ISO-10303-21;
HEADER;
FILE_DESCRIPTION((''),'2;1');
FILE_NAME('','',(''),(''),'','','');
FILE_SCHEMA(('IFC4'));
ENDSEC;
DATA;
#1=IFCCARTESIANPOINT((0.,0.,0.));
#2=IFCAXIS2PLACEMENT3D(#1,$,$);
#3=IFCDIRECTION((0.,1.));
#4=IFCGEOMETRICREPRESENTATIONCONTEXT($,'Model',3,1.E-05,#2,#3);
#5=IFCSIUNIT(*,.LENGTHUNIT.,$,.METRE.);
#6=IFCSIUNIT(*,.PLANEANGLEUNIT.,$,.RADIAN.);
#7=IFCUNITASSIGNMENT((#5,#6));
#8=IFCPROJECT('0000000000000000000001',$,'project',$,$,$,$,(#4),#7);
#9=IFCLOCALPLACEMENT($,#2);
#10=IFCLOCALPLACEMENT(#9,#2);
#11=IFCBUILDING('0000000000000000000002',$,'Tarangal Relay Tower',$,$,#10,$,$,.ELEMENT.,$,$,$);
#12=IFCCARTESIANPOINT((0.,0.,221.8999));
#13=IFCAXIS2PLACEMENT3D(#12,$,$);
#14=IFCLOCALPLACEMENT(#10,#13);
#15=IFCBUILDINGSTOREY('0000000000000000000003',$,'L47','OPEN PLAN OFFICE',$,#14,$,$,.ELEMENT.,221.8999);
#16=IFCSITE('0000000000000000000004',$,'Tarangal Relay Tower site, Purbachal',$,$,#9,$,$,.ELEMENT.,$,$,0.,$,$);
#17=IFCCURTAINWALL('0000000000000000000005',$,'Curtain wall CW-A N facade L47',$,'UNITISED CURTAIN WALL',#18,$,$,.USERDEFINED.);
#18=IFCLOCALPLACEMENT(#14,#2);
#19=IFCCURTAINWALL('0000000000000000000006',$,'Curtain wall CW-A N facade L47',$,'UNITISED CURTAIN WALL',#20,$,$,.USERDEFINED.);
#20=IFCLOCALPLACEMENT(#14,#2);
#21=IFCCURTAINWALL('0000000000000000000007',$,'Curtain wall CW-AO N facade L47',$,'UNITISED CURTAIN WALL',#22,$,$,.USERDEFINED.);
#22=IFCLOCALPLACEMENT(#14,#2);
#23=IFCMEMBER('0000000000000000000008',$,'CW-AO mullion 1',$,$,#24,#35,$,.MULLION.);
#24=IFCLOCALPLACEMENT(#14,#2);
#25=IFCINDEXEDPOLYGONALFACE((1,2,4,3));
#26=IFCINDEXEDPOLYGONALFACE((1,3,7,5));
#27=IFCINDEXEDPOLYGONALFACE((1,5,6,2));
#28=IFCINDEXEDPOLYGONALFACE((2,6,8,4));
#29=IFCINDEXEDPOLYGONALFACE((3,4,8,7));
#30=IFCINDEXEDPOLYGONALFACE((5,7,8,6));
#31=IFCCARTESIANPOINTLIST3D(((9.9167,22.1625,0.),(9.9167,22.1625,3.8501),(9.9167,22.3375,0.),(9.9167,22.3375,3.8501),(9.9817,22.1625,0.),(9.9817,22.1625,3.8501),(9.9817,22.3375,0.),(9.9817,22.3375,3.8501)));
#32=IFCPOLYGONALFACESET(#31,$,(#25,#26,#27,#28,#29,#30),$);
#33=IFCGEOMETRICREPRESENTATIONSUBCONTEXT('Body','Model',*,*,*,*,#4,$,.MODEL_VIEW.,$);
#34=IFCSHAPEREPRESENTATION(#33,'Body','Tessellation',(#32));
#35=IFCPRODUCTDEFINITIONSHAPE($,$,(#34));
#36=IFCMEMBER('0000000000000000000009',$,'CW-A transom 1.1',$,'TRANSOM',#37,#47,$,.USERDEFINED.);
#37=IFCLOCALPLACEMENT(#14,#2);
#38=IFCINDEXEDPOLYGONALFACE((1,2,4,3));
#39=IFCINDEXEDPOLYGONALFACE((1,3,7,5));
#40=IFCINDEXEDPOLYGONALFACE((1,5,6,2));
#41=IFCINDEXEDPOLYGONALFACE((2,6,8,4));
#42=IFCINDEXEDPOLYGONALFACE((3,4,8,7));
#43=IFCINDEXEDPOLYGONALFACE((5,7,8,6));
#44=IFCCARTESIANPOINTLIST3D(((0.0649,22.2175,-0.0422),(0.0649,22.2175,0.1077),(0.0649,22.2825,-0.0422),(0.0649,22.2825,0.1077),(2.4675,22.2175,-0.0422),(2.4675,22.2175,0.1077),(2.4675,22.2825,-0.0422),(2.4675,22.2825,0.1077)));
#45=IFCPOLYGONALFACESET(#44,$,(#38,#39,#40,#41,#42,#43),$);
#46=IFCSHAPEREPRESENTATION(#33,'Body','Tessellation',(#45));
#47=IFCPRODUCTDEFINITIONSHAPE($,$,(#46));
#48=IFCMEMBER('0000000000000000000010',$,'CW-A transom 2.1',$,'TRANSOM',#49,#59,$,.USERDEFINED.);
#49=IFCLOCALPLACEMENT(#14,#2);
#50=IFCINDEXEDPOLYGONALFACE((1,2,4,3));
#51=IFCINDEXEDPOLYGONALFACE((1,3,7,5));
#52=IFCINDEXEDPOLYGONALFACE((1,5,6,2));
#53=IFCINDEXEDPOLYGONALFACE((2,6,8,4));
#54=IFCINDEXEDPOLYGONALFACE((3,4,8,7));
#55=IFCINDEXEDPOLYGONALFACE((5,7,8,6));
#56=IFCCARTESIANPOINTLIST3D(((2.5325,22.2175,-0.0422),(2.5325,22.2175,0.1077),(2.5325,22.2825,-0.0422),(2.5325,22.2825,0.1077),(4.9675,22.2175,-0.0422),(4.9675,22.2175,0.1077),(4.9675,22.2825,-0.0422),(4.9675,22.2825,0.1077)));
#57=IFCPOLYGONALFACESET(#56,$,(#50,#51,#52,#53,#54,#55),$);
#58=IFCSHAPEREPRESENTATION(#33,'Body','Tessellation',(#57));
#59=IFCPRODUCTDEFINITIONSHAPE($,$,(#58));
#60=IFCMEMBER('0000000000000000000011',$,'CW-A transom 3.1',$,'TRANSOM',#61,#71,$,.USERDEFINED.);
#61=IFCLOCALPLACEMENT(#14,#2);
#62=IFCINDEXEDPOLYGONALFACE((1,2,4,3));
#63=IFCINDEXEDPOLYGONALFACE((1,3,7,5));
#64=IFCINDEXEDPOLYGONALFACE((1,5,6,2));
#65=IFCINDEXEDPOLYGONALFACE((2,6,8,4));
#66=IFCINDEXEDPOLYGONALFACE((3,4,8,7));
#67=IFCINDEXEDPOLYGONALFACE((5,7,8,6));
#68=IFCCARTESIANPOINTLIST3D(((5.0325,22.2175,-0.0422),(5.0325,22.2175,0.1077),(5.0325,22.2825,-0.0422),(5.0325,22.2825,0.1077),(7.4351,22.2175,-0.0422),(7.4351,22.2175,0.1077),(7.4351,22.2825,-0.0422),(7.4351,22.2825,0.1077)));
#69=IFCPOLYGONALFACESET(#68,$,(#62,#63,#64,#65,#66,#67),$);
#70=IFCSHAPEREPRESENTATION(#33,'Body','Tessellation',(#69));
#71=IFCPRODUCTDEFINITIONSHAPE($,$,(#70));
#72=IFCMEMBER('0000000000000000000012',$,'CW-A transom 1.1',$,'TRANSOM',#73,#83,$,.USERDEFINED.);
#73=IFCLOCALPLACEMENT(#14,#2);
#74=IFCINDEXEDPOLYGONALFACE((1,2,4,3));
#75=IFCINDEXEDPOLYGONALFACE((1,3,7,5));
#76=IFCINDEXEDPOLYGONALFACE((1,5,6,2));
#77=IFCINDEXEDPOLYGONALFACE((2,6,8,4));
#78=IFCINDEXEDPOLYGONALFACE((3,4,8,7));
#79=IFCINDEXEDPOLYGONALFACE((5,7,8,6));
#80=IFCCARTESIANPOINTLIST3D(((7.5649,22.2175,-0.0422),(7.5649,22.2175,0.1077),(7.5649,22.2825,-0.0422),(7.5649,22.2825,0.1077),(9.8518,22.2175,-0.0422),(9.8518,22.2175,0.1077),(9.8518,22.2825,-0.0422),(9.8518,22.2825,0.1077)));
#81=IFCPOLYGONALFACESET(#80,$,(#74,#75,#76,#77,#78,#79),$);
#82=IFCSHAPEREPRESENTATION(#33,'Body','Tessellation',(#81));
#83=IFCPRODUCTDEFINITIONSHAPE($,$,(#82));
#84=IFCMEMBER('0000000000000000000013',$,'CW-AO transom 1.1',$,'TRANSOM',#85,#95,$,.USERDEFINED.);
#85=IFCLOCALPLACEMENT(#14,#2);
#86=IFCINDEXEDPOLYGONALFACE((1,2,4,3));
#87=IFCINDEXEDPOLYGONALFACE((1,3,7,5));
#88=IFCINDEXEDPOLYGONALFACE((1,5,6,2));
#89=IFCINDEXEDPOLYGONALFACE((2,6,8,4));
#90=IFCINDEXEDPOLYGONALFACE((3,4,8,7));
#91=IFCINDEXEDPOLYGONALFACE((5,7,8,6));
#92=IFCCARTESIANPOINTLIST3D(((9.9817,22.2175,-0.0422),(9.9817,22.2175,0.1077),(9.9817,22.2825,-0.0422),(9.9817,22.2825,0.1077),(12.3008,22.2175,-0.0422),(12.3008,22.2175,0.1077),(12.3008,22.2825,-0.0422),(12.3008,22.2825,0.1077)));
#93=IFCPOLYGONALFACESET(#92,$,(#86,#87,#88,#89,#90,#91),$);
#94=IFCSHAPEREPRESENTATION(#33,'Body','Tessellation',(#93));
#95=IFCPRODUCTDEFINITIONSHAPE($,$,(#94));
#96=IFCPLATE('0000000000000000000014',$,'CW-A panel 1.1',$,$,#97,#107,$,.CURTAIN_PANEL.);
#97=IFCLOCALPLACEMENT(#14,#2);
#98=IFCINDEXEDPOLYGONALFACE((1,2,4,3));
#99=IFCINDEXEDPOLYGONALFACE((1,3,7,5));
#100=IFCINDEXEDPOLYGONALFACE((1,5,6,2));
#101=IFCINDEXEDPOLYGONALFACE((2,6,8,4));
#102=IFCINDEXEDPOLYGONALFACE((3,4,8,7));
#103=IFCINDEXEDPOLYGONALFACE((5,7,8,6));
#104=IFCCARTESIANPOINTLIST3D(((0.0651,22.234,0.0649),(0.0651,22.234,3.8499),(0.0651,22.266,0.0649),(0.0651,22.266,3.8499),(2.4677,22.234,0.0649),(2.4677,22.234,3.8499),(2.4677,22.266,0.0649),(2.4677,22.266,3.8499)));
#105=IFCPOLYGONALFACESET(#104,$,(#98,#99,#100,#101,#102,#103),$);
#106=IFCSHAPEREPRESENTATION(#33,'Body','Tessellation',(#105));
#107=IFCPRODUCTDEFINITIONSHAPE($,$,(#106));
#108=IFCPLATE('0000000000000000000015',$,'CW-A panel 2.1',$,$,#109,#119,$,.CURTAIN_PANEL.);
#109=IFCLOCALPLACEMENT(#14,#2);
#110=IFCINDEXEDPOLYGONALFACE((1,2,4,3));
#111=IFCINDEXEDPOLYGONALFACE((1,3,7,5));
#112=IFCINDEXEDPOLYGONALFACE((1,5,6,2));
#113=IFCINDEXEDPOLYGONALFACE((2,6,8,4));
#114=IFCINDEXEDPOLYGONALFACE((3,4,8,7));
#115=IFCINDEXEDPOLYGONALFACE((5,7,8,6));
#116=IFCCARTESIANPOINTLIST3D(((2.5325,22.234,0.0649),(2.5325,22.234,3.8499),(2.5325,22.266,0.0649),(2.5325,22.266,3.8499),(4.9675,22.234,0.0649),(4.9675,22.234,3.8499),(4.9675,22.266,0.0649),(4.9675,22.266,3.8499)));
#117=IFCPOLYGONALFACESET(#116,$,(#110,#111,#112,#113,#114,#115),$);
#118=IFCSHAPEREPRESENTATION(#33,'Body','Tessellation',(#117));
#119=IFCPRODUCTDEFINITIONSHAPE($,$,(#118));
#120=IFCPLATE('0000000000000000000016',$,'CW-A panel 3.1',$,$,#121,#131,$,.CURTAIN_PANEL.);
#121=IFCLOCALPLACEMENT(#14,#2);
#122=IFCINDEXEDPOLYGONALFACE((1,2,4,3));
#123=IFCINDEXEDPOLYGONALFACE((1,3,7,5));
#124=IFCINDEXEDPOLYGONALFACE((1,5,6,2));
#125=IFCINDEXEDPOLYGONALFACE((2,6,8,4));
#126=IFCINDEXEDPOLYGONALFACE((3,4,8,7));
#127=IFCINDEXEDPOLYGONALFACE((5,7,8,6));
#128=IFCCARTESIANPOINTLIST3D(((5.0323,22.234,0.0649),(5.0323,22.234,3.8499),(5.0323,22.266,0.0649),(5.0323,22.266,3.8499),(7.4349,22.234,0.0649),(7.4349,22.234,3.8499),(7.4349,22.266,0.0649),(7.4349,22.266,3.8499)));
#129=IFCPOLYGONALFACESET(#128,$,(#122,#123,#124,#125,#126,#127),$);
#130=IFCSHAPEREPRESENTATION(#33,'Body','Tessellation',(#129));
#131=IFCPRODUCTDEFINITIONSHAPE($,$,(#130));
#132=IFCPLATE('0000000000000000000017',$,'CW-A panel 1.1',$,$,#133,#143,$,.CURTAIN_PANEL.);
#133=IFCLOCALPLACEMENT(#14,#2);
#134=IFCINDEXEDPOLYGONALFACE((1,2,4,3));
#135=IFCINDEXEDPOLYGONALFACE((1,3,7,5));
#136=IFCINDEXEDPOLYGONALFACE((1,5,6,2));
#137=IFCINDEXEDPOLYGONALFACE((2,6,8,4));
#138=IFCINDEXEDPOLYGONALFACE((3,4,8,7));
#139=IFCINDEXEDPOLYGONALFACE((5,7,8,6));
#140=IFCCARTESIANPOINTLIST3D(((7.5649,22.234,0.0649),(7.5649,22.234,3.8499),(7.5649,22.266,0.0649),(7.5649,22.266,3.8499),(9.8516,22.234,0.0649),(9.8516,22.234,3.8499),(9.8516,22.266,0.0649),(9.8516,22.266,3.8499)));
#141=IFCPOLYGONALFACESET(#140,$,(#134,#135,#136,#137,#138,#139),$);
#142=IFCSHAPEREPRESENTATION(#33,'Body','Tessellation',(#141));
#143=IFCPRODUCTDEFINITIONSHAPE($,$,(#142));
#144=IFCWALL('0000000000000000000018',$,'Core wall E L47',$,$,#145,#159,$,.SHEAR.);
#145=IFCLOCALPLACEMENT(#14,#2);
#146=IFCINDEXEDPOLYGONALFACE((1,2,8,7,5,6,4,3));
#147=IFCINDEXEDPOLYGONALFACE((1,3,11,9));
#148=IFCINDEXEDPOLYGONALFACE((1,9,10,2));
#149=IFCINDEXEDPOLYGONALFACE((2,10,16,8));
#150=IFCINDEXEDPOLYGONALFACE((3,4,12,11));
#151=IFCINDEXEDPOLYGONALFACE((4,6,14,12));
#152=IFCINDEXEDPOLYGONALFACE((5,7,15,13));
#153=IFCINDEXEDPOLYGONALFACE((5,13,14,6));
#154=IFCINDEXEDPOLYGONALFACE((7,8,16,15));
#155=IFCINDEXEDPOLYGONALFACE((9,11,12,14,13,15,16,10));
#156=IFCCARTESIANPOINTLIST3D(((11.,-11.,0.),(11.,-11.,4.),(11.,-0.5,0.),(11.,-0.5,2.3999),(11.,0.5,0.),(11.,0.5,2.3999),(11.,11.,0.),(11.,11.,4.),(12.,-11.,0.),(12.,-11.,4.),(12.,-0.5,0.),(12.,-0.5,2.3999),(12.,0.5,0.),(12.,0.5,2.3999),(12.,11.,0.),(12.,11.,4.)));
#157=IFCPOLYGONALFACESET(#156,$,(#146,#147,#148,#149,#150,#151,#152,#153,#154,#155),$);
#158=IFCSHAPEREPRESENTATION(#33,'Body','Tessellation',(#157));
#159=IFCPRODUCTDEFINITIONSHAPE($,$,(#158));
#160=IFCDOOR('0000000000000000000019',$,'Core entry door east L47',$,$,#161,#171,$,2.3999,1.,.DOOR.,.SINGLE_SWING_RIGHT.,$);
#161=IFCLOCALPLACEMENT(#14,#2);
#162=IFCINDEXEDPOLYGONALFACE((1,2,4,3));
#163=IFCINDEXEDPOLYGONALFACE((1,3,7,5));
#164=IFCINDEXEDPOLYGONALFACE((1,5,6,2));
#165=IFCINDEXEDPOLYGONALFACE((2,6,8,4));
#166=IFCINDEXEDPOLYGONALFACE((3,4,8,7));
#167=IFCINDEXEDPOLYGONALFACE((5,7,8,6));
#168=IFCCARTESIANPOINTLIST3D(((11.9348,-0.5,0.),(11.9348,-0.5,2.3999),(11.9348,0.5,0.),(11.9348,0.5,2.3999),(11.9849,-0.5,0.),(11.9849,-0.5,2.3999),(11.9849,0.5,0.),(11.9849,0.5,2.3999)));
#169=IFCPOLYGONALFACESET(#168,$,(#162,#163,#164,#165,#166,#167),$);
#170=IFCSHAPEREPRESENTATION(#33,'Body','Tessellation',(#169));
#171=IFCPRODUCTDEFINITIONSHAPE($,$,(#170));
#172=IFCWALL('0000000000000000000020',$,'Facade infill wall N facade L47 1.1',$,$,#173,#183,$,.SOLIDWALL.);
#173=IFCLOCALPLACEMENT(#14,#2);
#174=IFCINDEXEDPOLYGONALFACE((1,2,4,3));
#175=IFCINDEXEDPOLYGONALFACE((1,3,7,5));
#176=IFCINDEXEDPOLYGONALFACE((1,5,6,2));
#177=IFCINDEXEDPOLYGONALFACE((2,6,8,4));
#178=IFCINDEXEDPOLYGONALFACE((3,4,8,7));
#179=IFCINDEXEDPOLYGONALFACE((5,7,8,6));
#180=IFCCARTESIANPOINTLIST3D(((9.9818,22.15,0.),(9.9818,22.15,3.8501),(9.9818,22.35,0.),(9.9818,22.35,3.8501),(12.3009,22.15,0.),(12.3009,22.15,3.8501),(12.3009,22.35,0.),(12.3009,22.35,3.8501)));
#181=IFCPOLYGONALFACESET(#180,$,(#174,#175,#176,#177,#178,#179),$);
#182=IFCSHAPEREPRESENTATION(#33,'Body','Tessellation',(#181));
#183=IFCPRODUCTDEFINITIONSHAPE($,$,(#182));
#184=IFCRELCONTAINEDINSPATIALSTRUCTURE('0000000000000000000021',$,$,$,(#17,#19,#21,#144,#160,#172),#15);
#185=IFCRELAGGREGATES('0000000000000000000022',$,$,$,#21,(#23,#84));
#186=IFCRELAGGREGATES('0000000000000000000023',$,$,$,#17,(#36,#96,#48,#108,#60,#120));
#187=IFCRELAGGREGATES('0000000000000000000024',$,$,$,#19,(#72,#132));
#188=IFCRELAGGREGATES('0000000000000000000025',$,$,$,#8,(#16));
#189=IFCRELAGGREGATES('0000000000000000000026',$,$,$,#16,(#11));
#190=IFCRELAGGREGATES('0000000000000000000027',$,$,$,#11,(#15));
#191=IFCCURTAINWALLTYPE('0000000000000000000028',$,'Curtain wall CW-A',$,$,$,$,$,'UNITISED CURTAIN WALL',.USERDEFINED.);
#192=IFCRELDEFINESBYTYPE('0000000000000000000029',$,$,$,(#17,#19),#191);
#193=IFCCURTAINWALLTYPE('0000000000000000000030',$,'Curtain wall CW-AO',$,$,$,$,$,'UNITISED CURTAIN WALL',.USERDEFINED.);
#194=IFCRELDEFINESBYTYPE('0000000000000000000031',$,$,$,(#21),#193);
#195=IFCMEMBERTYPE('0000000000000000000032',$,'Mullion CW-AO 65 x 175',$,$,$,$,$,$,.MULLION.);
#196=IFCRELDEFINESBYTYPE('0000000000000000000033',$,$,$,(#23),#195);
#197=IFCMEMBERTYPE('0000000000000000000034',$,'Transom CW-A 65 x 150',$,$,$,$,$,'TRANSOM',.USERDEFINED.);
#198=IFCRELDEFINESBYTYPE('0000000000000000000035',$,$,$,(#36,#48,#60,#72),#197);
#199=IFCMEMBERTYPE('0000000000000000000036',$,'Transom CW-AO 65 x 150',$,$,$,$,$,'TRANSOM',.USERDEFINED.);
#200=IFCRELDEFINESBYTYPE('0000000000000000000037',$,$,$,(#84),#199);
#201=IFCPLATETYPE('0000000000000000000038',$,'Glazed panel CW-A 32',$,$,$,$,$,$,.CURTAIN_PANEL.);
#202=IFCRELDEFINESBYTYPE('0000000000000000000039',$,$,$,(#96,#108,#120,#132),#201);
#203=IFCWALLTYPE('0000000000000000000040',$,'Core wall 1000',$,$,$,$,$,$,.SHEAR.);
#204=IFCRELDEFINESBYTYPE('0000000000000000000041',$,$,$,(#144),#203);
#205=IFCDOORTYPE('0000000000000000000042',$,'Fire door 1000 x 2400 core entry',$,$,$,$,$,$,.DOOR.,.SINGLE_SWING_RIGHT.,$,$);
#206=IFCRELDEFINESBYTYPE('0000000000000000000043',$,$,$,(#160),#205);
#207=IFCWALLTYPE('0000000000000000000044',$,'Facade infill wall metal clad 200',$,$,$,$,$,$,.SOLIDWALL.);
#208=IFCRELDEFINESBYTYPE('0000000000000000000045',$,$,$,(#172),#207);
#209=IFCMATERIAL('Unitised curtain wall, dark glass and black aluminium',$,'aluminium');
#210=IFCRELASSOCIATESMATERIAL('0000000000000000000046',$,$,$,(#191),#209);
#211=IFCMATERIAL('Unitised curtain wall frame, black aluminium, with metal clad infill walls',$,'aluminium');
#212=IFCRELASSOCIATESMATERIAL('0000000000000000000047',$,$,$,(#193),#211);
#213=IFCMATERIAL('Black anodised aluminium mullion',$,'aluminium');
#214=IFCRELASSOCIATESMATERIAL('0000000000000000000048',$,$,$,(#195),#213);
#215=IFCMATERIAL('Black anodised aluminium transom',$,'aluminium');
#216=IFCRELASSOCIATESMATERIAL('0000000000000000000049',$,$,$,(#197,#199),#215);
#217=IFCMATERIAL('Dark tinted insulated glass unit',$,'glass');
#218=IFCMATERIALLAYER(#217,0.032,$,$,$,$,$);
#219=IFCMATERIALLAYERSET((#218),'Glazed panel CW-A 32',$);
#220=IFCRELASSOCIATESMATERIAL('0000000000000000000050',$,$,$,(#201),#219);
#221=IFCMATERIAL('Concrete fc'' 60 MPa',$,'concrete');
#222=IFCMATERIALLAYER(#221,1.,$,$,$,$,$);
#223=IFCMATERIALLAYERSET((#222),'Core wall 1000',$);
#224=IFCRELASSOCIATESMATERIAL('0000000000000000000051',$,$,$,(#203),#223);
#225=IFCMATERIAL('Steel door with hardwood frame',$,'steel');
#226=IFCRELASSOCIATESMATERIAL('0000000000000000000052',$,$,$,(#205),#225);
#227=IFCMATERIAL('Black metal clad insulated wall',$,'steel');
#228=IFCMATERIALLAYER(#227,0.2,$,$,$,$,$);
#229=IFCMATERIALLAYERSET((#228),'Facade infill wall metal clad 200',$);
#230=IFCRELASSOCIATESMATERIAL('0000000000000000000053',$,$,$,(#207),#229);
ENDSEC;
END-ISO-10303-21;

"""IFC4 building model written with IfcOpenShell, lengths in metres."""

from ifc_helpers import new_model, si_unit, direction, frame, frame_2d, origin, origin_2d, place, context, subcontext, project, spatial, rectangle, extrude, material, layer, layer_set, material_profile, profile_set, type_object, element, fill, aggregate, save


model = new_model("IFC4")

# Units and contexts
model_context = context("Model", 3, precision=1e-05, world=origin(), true_north=direction((0.0, 1.0)))
body_context = subcontext(model_context, "Body", "Model", "MODEL_VIEW")
ifc_project = project(units=[si_unit("LENGTHUNIT", "METRE"), si_unit("PLANEANGLEUNIT", "RADIAN")], contexts=[model_context])

# Site, building, storey
site_placement = place(None, origin())
site = spatial("IfcSite", under=ifc_project, at=site_placement, Name="Tarangal Relay Tower site, Purbachal", CompositionType="ELEMENT", RefElevation=0.0)
building_placement = place(site_placement, origin())
building = spatial("IfcBuilding", under=site, at=building_placement, Name="Tarangal Relay Tower", CompositionType="ELEMENT")
storey_placement = place(building_placement, frame((0.0, 0.0, 221.8999)))
storey = spatial("IfcBuildingStorey", under=building, at=storey_placement, Name="L47", Description="OPEN PLAN OFFICE", CompositionType="ELEMENT", Elevation=221.8999)

# Curtain walls
ifc_material_1 = material(Name="Unitised curtain wall, dark glass and black aluminium", Category="aluminium")
curtain_wall_type_1 = type_object("IfcCurtainWallType", Name="Curtain wall CW-A", ElementType="UNITISED CURTAIN WALL", PredefinedType="USERDEFINED", material=ifc_material_1)
curtain_wall_1_placement = place(storey_placement, origin())
curtain_wall_1 = element("IfcCurtainWall", 1, at=curtain_wall_1_placement, inside=storey, type_object=curtain_wall_type_1, Name="Curtain wall CW-A N facade L47", ObjectType="UNITISED CURTAIN WALL", PredefinedType="USERDEFINED")
ifc_material_2 = material(Name="Black anodised aluminium mullion", Category="aluminium")
curtain_wall_2_placement = place(storey_placement, origin())
curtain_wall_2 = element("IfcCurtainWall", 2, at=curtain_wall_2_placement, inside=storey, type_object=curtain_wall_type_1, Name="Curtain wall CW-A N facade L47", ObjectType="UNITISED CURTAIN WALL", PredefinedType="USERDEFINED")

# Curtain wall, member
ifc_material_3 = material(Name="Unitised curtain wall frame, black aluminium, with metal clad infill walls", Category="aluminium")
curtain_wall_type_2 = type_object("IfcCurtainWallType", Name="Curtain wall CW-AO", ElementType="UNITISED CURTAIN WALL", PredefinedType="USERDEFINED", material=ifc_material_3)
curtain_wall_3_placement = place(storey_placement, origin())
curtain_wall_3 = element("IfcCurtainWall", 3, at=curtain_wall_3_placement, inside=storey, type_object=curtain_wall_type_2, Name="Curtain wall CW-AO N facade L47", ObjectType="UNITISED CURTAIN WALL", PredefinedType="USERDEFINED")
ifc_material_profile_1 = material_profile(ifc_material_2, rectangle(XDim=0.175, YDim=0.0649, at=origin_2d()), Name="CW-AOM 65X175")
ifc_profile_set_1 = profile_set([ifc_material_profile_1], Name="Black anodised aluminium mullion")
member_type_1 = type_object("IfcMemberType", Name="Mullion CW-AO 65 x 175", PredefinedType="MULLION", material=ifc_profile_set_1)
member_1_placement = place(storey_placement, frame((9.9492, 22.25, 0.0), z_axis=(0.0, 0.0, 1.0), x_axis=(0.0, 1.0, 0.0)))
member_1 = element("IfcMember", 4, at=member_1_placement, type_object=member_type_1, Name="CW-AO mullion 1", PredefinedType="MULLION", context=body_context, shape_type="SweptSolid", body=[
    extrude(rectangle(XDim=0.175, YDim=0.0649, at=origin_2d()), origin(), (0.0, 0.0, 1.0), 3.8501),
])

# Members
ifc_material_4 = material(Name="Black anodised aluminium transom", Category="aluminium")
ifc_material_profile_2 = material_profile(ifc_material_4, rectangle(XDim=0.0649, YDim=0.1499, at=origin_2d()), Name="CW-AT 65X150")
ifc_profile_set_2 = profile_set([ifc_material_profile_2], Name="Black anodised aluminium transom")
member_type_2 = type_object("IfcMemberType", Name="Transom CW-A 65 x 150", ElementType="TRANSOM", PredefinedType="USERDEFINED", material=ifc_profile_set_2)
member_2_placement = place(storey_placement, frame((0.0649, 22.25, 0.0327), z_axis=(1.0, 0.0, 0.0), x_axis=(0.0, 1.0, 0.0)))
member_2 = element("IfcMember", 5, at=member_2_placement, type_object=member_type_2, Name="CW-A transom 1.1", ObjectType="TRANSOM", PredefinedType="USERDEFINED", context=body_context, shape_type="SweptSolid", body=[
    extrude(rectangle(XDim=0.0649, YDim=0.1499, at=origin_2d()), origin(), (0.0, 0.0, 1.0), 2.4026),
])
member_3_placement = place(storey_placement, frame((2.5325, 22.25, 0.0327), z_axis=(1.0, 0.0, 0.0), x_axis=(0.0, 1.0, 0.0)))
member_3 = element("IfcMember", 6, at=member_3_placement, type_object=member_type_2, Name="CW-A transom 2.1", ObjectType="TRANSOM", PredefinedType="USERDEFINED", context=body_context, shape_type="SweptSolid", body=[
    extrude(rectangle(XDim=0.0649, YDim=0.1499, at=origin_2d()), origin(), (0.0, 0.0, 1.0), 2.4351),
])
member_4_placement = place(storey_placement, frame((5.0325, 22.25, 0.0327), z_axis=(1.0, 0.0, 0.0), x_axis=(0.0, 1.0, 0.0)))
member_4 = element("IfcMember", 7, at=member_4_placement, type_object=member_type_2, Name="CW-A transom 3.1", ObjectType="TRANSOM", PredefinedType="USERDEFINED", context=body_context, shape_type="SweptSolid", body=[
    extrude(rectangle(XDim=0.0649, YDim=0.1499, at=origin_2d()), origin(), (0.0, 0.0, 1.0), 2.4026),
])
member_5_placement = place(storey_placement, frame((7.5649, 22.25, 0.0327), z_axis=(1.0, 0.0, 0.0), x_axis=(0.0, 1.0, 0.0)))
member_5 = element("IfcMember", 8, at=member_5_placement, type_object=member_type_2, Name="CW-A transom 1.1", ObjectType="TRANSOM", PredefinedType="USERDEFINED", context=body_context, shape_type="SweptSolid", body=[
    extrude(rectangle(XDim=0.0649, YDim=0.1499, at=origin_2d()), origin(), (0.0, 0.0, 1.0), 2.2869),
])
ifc_material_profile_3 = material_profile(ifc_material_4, rectangle(XDim=0.0649, YDim=0.1499, at=origin_2d()), Name="CW-AOT 65X150")
ifc_profile_set_3 = profile_set([ifc_material_profile_3], Name="Black anodised aluminium transom")
member_type_3 = type_object("IfcMemberType", Name="Transom CW-AO 65 x 150", ElementType="TRANSOM", PredefinedType="USERDEFINED", material=ifc_profile_set_3)
member_6_placement = place(storey_placement, frame((9.9817, 22.25, 0.0327), z_axis=(1.0, 0.0, 0.0), x_axis=(0.0, 1.0, 0.0)))
member_6 = element("IfcMember", 9, at=member_6_placement, type_object=member_type_3, Name="CW-AO transom 1.1", ObjectType="TRANSOM", PredefinedType="USERDEFINED", context=body_context, shape_type="SweptSolid", body=[
    extrude(rectangle(XDim=0.0649, YDim=0.1499, at=origin_2d()), origin(), (0.0, 0.0, 1.0), 2.3191),
])
aggregate(curtain_wall_3, [member_1, member_6])

# Plates
ifc_material_5 = material(Name="Dark tinted insulated glass unit", Category="glass")
ifc_layer_1 = layer(ifc_material_5, 0.032)
ifc_layer_set_1 = layer_set([ifc_layer_1], Name="Glazed panel CW-A 32")
plate_type = type_object("IfcPlateType", Name="Glazed panel CW-A 32", PredefinedType="CURTAIN_PANEL", material=ifc_layer_set_1)
plate_1_placement = place(storey_placement, frame((1.2664, 22.25, 0.0649), z_axis=(0.0, 0.0, 1.0), x_axis=(1.0, 0.0, 0.0)))
plate_1 = element("IfcPlate", 10, at=plate_1_placement, type_object=plate_type, Name="CW-A panel 1.1", PredefinedType="CURTAIN_PANEL", context=body_context, shape_type="SweptSolid", body=[
    extrude(rectangle(XDim=2.4026, YDim=0.032, at=origin_2d()), origin(), (0.0, 0.0, 1.0), 3.7849),
])
plate_2_placement = place(storey_placement, frame((3.75, 22.25, 0.0649), z_axis=(0.0, 0.0, 1.0), x_axis=(1.0, 0.0, 0.0)))
plate_2 = element("IfcPlate", 11, at=plate_2_placement, type_object=plate_type, Name="CW-A panel 2.1", PredefinedType="CURTAIN_PANEL", context=body_context, shape_type="SweptSolid", body=[
    extrude(rectangle(XDim=2.4351, YDim=0.032, at=origin_2d()), origin(), (0.0, 0.0, 1.0), 3.7849),
])
plate_3_placement = place(storey_placement, frame((6.2336, 22.25, 0.0649), z_axis=(0.0, 0.0, 1.0), x_axis=(1.0, 0.0, 0.0)))
plate_3 = element("IfcPlate", 12, at=plate_3_placement, type_object=plate_type, Name="CW-A panel 3.1", PredefinedType="CURTAIN_PANEL", context=body_context, shape_type="SweptSolid", body=[
    extrude(rectangle(XDim=2.4026, YDim=0.032, at=origin_2d()), origin(), (0.0, 0.0, 1.0), 3.7849),
])
aggregate(curtain_wall_1, [member_2, plate_1, member_3, plate_2, member_4, plate_3])
plate_4_placement = place(storey_placement, frame((8.7083, 22.25, 0.0649), z_axis=(0.0, 0.0, 1.0), x_axis=(1.0, 0.0, 0.0)))
plate_4 = element("IfcPlate", 13, at=plate_4_placement, type_object=plate_type, Name="CW-A panel 1.1", PredefinedType="CURTAIN_PANEL", context=body_context, shape_type="SweptSolid", body=[
    extrude(rectangle(XDim=2.2866, YDim=0.032, at=origin_2d()), origin(), (0.0, 0.0, 1.0), 3.7849),
])
aggregate(curtain_wall_2, [member_5, plate_4])

# Wall, opening, door
ifc_material_6 = material(Name="Concrete fc' 60 MPa", Category="concrete")
ifc_layer_2 = layer(ifc_material_6, 1.0)
ifc_layer_set_2 = layer_set([ifc_layer_2], Name="Core wall 1000")
wall_type_1 = type_object("IfcWallType", Name="Core wall 1000", PredefinedType="SHEAR", material=ifc_layer_set_2)
wall_1_placement = place(storey_placement, frame((11.5, 11.0, 0.0), z_axis=(0.0, 0.0, 1.0), x_axis=(0.0, -1.0, 0.0)))
wall_1 = element("IfcWall", 14, at=wall_1_placement, inside=storey, type_object=wall_type_1, Name="Core wall E L47", PredefinedType="SHEAR", context=body_context, shape_type="SweptSolid", body=[
    extrude(rectangle(XDim=22.0, YDim=1.0, at=frame_2d((11.0, 0.0))), origin(), (0.0, 0.0, 1.0), 4.0),
])
opening_1_placement = place(wall_1_placement, frame((10.5, 0.0, 0.0)))
opening_1 = element("IfcOpeningElement", 15, at=opening_1_placement, cuts=wall_1, PredefinedType="OPENING", context=body_context, shape_type="SweptSolid", body=[
    extrude(rectangle(XDim=1.0, YDim=2.3999, at=frame_2d((0.5, 1.2))), frame((0.0, 0.51, 0.0), z_axis=(0.0, -1.0, 0.0), x_axis=(1.0, 0.0, 0.0)), (0.0, 0.0, 1.0), 1.02),
])
ifc_material_7 = material(Name="Steel door with hardwood frame", Category="steel")
door_type_1 = type_object("IfcDoorType", Name="Fire door 1000 x 2400 core entry", OperationType="SINGLE_SWING_RIGHT", PredefinedType="DOOR", material=ifc_material_7)
door_1_placement = place(opening_1_placement, origin())
door_1 = element("IfcDoor", 16, at=door_1_placement, inside=storey, type_object=door_type_1, Name="Core entry door east L47", OperationType="SINGLE_SWING_RIGHT", OverallHeight=2.3999, OverallWidth=1.0, PredefinedType="DOOR", context=body_context, shape_type="SweptSolid", body=[
    extrude(rectangle(XDim=1.0, YDim=2.3999, at=frame_2d((0.5, 1.2))), frame((0.0, 0.4849, 0.0), z_axis=(0.0, -1.0, 0.0), x_axis=(1.0, 0.0, 0.0)), (0.0, 0.0, 1.0), 0.05),
])
fill(opening_1, door_1)

# Wall
ifc_material_8 = material(Name="Black metal clad insulated wall", Category="steel")
ifc_layer_3 = layer(ifc_material_8, 0.2)
ifc_layer_set_3 = layer_set([ifc_layer_3], Name="Facade infill wall metal clad 200")
wall_type_2 = type_object("IfcWallType", Name="Facade infill wall metal clad 200", PredefinedType="SOLIDWALL", material=ifc_layer_set_3)
wall_2_placement = place(storey_placement, frame((9.9817, 22.25, 0.0), z_axis=(0.0, 0.0, 1.0), x_axis=(1.0, 0.0, 0.0)))
element("IfcWall", 17, at=wall_2_placement, inside=storey, type_object=wall_type_2, Name="Facade infill wall N facade L47 1.1", PredefinedType="SOLIDWALL", context=body_context, shape_type="SweptSolid", body=[
    extrude(rectangle(XDim=2.3191, YDim=0.2, at=frame_2d((1.1597, 0.0))), origin(), (0.0, 0.0, 1.0), 3.8501),
])

save(model, "model.ifc")
